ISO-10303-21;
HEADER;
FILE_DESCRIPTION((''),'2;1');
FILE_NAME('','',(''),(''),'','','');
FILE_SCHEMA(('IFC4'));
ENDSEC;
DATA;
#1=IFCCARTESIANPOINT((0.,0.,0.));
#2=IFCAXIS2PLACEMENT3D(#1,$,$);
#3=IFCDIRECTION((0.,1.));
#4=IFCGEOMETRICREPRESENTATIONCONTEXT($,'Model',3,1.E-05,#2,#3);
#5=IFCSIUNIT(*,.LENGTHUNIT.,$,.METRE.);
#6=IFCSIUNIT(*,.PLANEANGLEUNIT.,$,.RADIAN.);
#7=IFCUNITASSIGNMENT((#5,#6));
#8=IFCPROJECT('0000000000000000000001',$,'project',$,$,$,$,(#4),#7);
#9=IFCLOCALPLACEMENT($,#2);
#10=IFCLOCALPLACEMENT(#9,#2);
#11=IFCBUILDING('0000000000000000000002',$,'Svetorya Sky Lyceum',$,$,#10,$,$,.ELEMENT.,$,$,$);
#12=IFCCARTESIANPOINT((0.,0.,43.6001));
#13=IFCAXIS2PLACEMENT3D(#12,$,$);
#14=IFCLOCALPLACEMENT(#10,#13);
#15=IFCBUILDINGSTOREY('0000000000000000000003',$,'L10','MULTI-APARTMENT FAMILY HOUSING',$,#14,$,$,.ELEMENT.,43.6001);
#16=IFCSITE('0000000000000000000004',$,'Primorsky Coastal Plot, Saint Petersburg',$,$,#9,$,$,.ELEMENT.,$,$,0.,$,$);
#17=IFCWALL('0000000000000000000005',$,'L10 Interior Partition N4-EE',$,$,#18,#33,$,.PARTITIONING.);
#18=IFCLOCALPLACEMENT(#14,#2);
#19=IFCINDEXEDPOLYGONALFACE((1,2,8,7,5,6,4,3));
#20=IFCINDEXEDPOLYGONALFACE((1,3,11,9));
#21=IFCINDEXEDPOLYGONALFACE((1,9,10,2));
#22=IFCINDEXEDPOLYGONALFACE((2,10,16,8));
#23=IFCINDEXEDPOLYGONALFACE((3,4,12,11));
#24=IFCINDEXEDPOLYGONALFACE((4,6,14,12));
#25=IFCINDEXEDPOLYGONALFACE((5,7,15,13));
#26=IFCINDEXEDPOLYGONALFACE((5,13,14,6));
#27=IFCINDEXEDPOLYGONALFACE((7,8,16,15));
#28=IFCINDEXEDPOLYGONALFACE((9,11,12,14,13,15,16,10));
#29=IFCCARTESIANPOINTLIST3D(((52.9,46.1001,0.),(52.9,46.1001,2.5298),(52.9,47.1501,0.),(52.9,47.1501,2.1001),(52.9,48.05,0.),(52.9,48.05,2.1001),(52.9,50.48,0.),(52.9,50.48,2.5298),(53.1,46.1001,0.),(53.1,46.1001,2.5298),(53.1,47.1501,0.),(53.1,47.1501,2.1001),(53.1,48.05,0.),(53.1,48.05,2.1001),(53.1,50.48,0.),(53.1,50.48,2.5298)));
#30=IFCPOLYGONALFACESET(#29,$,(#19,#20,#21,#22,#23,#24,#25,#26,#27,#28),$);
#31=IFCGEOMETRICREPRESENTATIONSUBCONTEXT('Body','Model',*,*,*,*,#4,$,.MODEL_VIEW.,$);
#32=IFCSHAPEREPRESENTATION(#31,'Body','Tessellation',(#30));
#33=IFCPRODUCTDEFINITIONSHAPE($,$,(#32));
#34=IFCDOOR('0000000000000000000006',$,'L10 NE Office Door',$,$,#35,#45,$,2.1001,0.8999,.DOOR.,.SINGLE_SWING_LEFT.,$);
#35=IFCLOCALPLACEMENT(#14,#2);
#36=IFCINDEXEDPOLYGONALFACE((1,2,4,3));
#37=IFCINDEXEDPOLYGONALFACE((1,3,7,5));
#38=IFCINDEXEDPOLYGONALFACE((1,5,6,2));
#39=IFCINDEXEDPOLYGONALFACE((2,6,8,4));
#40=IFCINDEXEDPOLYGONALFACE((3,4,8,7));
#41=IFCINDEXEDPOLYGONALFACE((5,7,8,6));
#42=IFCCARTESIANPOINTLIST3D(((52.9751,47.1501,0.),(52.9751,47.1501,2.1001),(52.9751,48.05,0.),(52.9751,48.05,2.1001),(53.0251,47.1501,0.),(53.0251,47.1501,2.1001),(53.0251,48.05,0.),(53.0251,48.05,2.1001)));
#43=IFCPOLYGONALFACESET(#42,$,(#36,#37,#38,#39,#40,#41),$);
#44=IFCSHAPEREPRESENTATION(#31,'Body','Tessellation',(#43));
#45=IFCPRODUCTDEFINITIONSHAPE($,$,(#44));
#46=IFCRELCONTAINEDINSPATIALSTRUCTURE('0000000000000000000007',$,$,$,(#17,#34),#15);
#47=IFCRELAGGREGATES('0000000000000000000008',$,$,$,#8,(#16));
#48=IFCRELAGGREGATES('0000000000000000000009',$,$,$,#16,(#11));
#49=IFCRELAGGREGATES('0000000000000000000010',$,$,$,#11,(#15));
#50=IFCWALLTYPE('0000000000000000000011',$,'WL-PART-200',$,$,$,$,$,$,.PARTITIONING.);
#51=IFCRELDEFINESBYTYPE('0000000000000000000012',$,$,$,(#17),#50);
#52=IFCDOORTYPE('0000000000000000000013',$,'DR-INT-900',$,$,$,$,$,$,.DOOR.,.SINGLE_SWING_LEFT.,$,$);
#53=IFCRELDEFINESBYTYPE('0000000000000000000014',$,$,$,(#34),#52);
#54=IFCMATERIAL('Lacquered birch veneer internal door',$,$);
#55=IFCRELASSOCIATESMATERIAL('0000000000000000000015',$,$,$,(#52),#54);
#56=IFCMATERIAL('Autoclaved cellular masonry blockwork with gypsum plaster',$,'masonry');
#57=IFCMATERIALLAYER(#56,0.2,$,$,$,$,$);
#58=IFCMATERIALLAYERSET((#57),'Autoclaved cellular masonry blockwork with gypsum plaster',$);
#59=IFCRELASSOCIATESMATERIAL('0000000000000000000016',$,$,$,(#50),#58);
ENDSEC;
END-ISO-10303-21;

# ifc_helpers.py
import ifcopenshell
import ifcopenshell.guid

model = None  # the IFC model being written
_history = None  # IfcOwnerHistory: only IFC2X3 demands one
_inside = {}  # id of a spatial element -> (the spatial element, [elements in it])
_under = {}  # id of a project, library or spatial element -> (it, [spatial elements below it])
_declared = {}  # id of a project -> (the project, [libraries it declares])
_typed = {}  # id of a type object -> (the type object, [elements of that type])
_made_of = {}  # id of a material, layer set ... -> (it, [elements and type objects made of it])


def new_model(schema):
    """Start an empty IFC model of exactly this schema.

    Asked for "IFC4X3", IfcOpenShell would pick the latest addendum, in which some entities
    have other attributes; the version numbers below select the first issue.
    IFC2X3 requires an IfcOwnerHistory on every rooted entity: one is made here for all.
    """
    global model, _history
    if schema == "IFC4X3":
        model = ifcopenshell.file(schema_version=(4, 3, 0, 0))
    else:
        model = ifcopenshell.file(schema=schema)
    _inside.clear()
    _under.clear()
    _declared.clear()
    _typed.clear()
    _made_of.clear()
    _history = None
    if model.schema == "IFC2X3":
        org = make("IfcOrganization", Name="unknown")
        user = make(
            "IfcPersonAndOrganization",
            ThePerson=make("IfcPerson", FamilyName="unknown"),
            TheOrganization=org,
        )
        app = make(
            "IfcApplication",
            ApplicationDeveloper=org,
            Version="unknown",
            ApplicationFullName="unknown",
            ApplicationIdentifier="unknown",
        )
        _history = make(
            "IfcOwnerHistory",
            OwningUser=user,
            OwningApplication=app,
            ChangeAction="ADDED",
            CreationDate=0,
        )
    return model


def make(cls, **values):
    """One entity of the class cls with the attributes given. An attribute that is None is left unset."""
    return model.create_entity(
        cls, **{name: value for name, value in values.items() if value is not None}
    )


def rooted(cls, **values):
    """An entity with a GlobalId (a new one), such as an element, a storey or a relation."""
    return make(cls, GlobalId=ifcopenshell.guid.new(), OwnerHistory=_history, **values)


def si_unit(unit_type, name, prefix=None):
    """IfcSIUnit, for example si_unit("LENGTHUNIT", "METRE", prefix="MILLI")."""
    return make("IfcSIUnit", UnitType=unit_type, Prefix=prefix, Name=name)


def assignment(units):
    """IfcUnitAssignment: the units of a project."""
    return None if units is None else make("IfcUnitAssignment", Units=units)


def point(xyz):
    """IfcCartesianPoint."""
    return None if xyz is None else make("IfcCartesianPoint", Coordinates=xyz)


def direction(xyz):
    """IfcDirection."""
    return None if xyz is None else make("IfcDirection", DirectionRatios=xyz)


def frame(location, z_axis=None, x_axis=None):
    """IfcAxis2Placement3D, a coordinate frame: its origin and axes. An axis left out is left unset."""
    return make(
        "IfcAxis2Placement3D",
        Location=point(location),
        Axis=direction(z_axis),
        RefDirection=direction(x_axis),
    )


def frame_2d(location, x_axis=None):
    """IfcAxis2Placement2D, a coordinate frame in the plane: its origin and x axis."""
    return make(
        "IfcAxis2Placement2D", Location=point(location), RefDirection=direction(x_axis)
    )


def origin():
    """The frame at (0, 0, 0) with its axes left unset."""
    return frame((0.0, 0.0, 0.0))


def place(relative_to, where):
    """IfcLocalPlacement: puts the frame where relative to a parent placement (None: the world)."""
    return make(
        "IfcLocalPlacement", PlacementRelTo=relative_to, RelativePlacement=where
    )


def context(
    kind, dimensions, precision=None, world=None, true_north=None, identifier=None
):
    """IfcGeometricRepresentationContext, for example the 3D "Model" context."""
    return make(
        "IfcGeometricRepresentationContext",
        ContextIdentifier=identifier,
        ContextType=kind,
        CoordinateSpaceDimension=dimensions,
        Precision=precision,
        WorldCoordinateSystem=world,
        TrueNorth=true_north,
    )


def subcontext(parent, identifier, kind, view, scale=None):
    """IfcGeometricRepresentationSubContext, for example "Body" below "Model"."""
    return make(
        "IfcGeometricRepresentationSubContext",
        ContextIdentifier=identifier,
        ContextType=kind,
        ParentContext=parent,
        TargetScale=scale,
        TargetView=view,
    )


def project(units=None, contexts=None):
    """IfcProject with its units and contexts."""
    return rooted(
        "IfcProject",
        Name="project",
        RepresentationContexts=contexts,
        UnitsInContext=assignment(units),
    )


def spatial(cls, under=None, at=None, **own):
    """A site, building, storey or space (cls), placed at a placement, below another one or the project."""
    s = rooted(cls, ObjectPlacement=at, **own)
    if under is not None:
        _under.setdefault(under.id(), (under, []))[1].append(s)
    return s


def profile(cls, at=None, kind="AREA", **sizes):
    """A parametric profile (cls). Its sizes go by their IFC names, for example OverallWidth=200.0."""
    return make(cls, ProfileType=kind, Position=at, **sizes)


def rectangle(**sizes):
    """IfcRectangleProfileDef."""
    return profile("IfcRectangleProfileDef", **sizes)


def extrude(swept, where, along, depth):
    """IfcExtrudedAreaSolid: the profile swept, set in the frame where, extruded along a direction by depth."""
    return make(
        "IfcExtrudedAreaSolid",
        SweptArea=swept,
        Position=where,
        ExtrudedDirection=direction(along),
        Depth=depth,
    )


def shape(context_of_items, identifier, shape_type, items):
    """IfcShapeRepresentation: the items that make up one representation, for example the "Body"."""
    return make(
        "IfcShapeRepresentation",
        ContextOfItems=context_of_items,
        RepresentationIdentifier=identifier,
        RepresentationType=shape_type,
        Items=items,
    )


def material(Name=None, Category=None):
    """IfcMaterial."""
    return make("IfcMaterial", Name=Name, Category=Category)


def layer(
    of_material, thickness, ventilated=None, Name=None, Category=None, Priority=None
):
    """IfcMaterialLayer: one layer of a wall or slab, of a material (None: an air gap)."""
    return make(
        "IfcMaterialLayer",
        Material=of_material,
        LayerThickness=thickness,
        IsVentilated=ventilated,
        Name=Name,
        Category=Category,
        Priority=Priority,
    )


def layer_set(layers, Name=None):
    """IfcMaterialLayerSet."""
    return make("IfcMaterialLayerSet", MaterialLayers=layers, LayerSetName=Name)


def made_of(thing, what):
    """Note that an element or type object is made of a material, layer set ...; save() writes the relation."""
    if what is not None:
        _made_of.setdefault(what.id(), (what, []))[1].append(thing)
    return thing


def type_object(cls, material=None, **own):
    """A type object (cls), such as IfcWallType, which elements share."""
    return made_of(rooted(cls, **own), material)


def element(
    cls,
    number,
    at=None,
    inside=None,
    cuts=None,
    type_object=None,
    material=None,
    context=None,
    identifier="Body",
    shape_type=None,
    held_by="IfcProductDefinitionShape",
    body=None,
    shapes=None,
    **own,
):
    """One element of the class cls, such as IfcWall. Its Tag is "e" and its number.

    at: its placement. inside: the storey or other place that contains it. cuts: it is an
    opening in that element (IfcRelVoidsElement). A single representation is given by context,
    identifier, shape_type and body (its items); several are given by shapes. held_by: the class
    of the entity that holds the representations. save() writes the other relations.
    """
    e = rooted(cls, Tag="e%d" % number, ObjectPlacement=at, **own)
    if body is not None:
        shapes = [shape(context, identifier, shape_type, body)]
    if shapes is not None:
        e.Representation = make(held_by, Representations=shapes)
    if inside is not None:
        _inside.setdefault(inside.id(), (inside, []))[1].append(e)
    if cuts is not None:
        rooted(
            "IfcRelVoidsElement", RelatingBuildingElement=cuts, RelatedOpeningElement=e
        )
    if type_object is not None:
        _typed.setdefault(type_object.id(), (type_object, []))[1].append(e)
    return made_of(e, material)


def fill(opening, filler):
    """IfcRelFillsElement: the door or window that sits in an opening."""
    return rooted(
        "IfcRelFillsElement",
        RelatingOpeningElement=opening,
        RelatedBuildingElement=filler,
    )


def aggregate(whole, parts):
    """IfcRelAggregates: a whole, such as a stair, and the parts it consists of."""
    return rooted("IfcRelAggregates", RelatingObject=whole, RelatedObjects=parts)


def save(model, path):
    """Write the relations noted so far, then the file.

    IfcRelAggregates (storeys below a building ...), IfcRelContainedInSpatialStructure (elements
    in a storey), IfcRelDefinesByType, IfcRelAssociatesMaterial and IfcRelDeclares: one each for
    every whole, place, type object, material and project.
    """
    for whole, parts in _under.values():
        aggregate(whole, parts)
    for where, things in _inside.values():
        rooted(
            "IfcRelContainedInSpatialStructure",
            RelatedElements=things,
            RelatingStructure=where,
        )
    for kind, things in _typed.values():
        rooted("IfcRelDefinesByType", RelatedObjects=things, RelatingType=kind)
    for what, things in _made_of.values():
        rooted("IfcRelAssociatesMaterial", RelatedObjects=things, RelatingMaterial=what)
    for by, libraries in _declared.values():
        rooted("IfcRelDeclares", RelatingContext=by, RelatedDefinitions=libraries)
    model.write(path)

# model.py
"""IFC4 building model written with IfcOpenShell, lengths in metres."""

from ifc_helpers import new_model, si_unit, direction, frame, frame_2d, origin, place, context, subcontext, project, spatial, rectangle, extrude, material, layer, layer_set, type_object, element, fill, save


model = new_model("IFC4")

# Units and contexts
model_context = context("Model", 3, precision=1e-05, world=origin(), true_north=direction((0.0, 1.0)))
body_context = subcontext(model_context, "Body", "Model", "MODEL_VIEW")
ifc_project = project(units=[si_unit("LENGTHUNIT", "METRE"), si_unit("PLANEANGLEUNIT", "RADIAN")], contexts=[model_context])

# Site, building, storey
site_placement = place(None, origin())
site = spatial("IfcSite", under=ifc_project, at=site_placement, Name="Primorsky Coastal Plot, Saint Petersburg", CompositionType="ELEMENT", RefElevation=0.0)
building_placement = place(site_placement, origin())
building = spatial("IfcBuilding", under=site, at=building_placement, Name="Svetorya Sky Lyceum", CompositionType="ELEMENT")
storey_placement = place(building_placement, frame((0.0, 0.0, 43.6001)))
storey = spatial("IfcBuildingStorey", under=building, at=storey_placement, Name="L10", Description="MULTI-APARTMENT FAMILY HOUSING", CompositionType="ELEMENT", Elevation=43.6001)

# Shared definitions
ifc_material_1 = material(Name="Lacquered birch veneer internal door")
door_type = type_object("IfcDoorType", Name="DR-INT-900", OperationType="SINGLE_SWING_LEFT", PredefinedType="DOOR", material=ifc_material_1)

# Shared definitions
ifc_material_2 = material(Name="Autoclaved cellular masonry blockwork with gypsum plaster", Category="masonry")
ifc_layer_1 = layer(ifc_material_2, 0.2)
ifc_layer_set_1 = layer_set([ifc_layer_1], Name="Autoclaved cellular masonry blockwork with gypsum plaster")
wall_type_1 = type_object("IfcWallType", Name="WL-PART-200", PredefinedType="PARTITIONING", material=ifc_layer_set_1)

# Wall, opening, door
wall_1_placement = place(storey_placement, frame((53.0, 46.1001, 0.0), z_axis=(0.0, 0.0, 1.0), x_axis=(0.0, 1.0, 0.0)))
wall_1 = element("IfcWall", 1, at=wall_1_placement, inside=storey, type_object=wall_type_1, Name="L10 Interior Partition N4-EE", PredefinedType="PARTITIONING", context=body_context, shape_type="SweptSolid", body=[
    extrude(rectangle(XDim=4.3799, YDim=0.2, at=frame_2d((2.1899, 0.0))), origin(), (0.0, 0.0, 1.0), 2.5298),
])
opening_1_placement = place(wall_1_placement, frame((1.05, 0.0, 0.0)))
opening_1 = element("IfcOpeningElement", 2, at=opening_1_placement, cuts=wall_1, PredefinedType="OPENING", context=body_context, shape_type="SweptSolid", body=[
    extrude(rectangle(XDim=0.8999, YDim=2.1001, at=frame_2d((0.45, 1.05))), frame((0.0, 0.1099, 0.0), z_axis=(0.0, -1.0, 0.0), x_axis=(1.0, 0.0, 0.0)), (0.0, 0.0, 1.0), 0.22),
])
door_1_placement = place(opening_1_placement, origin())
door_1 = element("IfcDoor", 3, at=door_1_placement, inside=storey, type_object=door_type, Name="L10 NE Office Door", OperationType="SINGLE_SWING_LEFT", OverallHeight=2.1001, OverallWidth=0.8999, PredefinedType="DOOR", context=body_context, shape_type="SweptSolid", body=[
    extrude(rectangle(XDim=0.8999, YDim=2.1001, at=frame_2d((0.45, 1.05))), frame((0.0, 0.0249, 0.0), z_axis=(0.0, -1.0, 0.0), x_axis=(1.0, 0.0, 0.0)), (0.0, 0.0, 1.0), 0.05),
])
fill(opening_1, door_1)

save(model, "model.ifc")
